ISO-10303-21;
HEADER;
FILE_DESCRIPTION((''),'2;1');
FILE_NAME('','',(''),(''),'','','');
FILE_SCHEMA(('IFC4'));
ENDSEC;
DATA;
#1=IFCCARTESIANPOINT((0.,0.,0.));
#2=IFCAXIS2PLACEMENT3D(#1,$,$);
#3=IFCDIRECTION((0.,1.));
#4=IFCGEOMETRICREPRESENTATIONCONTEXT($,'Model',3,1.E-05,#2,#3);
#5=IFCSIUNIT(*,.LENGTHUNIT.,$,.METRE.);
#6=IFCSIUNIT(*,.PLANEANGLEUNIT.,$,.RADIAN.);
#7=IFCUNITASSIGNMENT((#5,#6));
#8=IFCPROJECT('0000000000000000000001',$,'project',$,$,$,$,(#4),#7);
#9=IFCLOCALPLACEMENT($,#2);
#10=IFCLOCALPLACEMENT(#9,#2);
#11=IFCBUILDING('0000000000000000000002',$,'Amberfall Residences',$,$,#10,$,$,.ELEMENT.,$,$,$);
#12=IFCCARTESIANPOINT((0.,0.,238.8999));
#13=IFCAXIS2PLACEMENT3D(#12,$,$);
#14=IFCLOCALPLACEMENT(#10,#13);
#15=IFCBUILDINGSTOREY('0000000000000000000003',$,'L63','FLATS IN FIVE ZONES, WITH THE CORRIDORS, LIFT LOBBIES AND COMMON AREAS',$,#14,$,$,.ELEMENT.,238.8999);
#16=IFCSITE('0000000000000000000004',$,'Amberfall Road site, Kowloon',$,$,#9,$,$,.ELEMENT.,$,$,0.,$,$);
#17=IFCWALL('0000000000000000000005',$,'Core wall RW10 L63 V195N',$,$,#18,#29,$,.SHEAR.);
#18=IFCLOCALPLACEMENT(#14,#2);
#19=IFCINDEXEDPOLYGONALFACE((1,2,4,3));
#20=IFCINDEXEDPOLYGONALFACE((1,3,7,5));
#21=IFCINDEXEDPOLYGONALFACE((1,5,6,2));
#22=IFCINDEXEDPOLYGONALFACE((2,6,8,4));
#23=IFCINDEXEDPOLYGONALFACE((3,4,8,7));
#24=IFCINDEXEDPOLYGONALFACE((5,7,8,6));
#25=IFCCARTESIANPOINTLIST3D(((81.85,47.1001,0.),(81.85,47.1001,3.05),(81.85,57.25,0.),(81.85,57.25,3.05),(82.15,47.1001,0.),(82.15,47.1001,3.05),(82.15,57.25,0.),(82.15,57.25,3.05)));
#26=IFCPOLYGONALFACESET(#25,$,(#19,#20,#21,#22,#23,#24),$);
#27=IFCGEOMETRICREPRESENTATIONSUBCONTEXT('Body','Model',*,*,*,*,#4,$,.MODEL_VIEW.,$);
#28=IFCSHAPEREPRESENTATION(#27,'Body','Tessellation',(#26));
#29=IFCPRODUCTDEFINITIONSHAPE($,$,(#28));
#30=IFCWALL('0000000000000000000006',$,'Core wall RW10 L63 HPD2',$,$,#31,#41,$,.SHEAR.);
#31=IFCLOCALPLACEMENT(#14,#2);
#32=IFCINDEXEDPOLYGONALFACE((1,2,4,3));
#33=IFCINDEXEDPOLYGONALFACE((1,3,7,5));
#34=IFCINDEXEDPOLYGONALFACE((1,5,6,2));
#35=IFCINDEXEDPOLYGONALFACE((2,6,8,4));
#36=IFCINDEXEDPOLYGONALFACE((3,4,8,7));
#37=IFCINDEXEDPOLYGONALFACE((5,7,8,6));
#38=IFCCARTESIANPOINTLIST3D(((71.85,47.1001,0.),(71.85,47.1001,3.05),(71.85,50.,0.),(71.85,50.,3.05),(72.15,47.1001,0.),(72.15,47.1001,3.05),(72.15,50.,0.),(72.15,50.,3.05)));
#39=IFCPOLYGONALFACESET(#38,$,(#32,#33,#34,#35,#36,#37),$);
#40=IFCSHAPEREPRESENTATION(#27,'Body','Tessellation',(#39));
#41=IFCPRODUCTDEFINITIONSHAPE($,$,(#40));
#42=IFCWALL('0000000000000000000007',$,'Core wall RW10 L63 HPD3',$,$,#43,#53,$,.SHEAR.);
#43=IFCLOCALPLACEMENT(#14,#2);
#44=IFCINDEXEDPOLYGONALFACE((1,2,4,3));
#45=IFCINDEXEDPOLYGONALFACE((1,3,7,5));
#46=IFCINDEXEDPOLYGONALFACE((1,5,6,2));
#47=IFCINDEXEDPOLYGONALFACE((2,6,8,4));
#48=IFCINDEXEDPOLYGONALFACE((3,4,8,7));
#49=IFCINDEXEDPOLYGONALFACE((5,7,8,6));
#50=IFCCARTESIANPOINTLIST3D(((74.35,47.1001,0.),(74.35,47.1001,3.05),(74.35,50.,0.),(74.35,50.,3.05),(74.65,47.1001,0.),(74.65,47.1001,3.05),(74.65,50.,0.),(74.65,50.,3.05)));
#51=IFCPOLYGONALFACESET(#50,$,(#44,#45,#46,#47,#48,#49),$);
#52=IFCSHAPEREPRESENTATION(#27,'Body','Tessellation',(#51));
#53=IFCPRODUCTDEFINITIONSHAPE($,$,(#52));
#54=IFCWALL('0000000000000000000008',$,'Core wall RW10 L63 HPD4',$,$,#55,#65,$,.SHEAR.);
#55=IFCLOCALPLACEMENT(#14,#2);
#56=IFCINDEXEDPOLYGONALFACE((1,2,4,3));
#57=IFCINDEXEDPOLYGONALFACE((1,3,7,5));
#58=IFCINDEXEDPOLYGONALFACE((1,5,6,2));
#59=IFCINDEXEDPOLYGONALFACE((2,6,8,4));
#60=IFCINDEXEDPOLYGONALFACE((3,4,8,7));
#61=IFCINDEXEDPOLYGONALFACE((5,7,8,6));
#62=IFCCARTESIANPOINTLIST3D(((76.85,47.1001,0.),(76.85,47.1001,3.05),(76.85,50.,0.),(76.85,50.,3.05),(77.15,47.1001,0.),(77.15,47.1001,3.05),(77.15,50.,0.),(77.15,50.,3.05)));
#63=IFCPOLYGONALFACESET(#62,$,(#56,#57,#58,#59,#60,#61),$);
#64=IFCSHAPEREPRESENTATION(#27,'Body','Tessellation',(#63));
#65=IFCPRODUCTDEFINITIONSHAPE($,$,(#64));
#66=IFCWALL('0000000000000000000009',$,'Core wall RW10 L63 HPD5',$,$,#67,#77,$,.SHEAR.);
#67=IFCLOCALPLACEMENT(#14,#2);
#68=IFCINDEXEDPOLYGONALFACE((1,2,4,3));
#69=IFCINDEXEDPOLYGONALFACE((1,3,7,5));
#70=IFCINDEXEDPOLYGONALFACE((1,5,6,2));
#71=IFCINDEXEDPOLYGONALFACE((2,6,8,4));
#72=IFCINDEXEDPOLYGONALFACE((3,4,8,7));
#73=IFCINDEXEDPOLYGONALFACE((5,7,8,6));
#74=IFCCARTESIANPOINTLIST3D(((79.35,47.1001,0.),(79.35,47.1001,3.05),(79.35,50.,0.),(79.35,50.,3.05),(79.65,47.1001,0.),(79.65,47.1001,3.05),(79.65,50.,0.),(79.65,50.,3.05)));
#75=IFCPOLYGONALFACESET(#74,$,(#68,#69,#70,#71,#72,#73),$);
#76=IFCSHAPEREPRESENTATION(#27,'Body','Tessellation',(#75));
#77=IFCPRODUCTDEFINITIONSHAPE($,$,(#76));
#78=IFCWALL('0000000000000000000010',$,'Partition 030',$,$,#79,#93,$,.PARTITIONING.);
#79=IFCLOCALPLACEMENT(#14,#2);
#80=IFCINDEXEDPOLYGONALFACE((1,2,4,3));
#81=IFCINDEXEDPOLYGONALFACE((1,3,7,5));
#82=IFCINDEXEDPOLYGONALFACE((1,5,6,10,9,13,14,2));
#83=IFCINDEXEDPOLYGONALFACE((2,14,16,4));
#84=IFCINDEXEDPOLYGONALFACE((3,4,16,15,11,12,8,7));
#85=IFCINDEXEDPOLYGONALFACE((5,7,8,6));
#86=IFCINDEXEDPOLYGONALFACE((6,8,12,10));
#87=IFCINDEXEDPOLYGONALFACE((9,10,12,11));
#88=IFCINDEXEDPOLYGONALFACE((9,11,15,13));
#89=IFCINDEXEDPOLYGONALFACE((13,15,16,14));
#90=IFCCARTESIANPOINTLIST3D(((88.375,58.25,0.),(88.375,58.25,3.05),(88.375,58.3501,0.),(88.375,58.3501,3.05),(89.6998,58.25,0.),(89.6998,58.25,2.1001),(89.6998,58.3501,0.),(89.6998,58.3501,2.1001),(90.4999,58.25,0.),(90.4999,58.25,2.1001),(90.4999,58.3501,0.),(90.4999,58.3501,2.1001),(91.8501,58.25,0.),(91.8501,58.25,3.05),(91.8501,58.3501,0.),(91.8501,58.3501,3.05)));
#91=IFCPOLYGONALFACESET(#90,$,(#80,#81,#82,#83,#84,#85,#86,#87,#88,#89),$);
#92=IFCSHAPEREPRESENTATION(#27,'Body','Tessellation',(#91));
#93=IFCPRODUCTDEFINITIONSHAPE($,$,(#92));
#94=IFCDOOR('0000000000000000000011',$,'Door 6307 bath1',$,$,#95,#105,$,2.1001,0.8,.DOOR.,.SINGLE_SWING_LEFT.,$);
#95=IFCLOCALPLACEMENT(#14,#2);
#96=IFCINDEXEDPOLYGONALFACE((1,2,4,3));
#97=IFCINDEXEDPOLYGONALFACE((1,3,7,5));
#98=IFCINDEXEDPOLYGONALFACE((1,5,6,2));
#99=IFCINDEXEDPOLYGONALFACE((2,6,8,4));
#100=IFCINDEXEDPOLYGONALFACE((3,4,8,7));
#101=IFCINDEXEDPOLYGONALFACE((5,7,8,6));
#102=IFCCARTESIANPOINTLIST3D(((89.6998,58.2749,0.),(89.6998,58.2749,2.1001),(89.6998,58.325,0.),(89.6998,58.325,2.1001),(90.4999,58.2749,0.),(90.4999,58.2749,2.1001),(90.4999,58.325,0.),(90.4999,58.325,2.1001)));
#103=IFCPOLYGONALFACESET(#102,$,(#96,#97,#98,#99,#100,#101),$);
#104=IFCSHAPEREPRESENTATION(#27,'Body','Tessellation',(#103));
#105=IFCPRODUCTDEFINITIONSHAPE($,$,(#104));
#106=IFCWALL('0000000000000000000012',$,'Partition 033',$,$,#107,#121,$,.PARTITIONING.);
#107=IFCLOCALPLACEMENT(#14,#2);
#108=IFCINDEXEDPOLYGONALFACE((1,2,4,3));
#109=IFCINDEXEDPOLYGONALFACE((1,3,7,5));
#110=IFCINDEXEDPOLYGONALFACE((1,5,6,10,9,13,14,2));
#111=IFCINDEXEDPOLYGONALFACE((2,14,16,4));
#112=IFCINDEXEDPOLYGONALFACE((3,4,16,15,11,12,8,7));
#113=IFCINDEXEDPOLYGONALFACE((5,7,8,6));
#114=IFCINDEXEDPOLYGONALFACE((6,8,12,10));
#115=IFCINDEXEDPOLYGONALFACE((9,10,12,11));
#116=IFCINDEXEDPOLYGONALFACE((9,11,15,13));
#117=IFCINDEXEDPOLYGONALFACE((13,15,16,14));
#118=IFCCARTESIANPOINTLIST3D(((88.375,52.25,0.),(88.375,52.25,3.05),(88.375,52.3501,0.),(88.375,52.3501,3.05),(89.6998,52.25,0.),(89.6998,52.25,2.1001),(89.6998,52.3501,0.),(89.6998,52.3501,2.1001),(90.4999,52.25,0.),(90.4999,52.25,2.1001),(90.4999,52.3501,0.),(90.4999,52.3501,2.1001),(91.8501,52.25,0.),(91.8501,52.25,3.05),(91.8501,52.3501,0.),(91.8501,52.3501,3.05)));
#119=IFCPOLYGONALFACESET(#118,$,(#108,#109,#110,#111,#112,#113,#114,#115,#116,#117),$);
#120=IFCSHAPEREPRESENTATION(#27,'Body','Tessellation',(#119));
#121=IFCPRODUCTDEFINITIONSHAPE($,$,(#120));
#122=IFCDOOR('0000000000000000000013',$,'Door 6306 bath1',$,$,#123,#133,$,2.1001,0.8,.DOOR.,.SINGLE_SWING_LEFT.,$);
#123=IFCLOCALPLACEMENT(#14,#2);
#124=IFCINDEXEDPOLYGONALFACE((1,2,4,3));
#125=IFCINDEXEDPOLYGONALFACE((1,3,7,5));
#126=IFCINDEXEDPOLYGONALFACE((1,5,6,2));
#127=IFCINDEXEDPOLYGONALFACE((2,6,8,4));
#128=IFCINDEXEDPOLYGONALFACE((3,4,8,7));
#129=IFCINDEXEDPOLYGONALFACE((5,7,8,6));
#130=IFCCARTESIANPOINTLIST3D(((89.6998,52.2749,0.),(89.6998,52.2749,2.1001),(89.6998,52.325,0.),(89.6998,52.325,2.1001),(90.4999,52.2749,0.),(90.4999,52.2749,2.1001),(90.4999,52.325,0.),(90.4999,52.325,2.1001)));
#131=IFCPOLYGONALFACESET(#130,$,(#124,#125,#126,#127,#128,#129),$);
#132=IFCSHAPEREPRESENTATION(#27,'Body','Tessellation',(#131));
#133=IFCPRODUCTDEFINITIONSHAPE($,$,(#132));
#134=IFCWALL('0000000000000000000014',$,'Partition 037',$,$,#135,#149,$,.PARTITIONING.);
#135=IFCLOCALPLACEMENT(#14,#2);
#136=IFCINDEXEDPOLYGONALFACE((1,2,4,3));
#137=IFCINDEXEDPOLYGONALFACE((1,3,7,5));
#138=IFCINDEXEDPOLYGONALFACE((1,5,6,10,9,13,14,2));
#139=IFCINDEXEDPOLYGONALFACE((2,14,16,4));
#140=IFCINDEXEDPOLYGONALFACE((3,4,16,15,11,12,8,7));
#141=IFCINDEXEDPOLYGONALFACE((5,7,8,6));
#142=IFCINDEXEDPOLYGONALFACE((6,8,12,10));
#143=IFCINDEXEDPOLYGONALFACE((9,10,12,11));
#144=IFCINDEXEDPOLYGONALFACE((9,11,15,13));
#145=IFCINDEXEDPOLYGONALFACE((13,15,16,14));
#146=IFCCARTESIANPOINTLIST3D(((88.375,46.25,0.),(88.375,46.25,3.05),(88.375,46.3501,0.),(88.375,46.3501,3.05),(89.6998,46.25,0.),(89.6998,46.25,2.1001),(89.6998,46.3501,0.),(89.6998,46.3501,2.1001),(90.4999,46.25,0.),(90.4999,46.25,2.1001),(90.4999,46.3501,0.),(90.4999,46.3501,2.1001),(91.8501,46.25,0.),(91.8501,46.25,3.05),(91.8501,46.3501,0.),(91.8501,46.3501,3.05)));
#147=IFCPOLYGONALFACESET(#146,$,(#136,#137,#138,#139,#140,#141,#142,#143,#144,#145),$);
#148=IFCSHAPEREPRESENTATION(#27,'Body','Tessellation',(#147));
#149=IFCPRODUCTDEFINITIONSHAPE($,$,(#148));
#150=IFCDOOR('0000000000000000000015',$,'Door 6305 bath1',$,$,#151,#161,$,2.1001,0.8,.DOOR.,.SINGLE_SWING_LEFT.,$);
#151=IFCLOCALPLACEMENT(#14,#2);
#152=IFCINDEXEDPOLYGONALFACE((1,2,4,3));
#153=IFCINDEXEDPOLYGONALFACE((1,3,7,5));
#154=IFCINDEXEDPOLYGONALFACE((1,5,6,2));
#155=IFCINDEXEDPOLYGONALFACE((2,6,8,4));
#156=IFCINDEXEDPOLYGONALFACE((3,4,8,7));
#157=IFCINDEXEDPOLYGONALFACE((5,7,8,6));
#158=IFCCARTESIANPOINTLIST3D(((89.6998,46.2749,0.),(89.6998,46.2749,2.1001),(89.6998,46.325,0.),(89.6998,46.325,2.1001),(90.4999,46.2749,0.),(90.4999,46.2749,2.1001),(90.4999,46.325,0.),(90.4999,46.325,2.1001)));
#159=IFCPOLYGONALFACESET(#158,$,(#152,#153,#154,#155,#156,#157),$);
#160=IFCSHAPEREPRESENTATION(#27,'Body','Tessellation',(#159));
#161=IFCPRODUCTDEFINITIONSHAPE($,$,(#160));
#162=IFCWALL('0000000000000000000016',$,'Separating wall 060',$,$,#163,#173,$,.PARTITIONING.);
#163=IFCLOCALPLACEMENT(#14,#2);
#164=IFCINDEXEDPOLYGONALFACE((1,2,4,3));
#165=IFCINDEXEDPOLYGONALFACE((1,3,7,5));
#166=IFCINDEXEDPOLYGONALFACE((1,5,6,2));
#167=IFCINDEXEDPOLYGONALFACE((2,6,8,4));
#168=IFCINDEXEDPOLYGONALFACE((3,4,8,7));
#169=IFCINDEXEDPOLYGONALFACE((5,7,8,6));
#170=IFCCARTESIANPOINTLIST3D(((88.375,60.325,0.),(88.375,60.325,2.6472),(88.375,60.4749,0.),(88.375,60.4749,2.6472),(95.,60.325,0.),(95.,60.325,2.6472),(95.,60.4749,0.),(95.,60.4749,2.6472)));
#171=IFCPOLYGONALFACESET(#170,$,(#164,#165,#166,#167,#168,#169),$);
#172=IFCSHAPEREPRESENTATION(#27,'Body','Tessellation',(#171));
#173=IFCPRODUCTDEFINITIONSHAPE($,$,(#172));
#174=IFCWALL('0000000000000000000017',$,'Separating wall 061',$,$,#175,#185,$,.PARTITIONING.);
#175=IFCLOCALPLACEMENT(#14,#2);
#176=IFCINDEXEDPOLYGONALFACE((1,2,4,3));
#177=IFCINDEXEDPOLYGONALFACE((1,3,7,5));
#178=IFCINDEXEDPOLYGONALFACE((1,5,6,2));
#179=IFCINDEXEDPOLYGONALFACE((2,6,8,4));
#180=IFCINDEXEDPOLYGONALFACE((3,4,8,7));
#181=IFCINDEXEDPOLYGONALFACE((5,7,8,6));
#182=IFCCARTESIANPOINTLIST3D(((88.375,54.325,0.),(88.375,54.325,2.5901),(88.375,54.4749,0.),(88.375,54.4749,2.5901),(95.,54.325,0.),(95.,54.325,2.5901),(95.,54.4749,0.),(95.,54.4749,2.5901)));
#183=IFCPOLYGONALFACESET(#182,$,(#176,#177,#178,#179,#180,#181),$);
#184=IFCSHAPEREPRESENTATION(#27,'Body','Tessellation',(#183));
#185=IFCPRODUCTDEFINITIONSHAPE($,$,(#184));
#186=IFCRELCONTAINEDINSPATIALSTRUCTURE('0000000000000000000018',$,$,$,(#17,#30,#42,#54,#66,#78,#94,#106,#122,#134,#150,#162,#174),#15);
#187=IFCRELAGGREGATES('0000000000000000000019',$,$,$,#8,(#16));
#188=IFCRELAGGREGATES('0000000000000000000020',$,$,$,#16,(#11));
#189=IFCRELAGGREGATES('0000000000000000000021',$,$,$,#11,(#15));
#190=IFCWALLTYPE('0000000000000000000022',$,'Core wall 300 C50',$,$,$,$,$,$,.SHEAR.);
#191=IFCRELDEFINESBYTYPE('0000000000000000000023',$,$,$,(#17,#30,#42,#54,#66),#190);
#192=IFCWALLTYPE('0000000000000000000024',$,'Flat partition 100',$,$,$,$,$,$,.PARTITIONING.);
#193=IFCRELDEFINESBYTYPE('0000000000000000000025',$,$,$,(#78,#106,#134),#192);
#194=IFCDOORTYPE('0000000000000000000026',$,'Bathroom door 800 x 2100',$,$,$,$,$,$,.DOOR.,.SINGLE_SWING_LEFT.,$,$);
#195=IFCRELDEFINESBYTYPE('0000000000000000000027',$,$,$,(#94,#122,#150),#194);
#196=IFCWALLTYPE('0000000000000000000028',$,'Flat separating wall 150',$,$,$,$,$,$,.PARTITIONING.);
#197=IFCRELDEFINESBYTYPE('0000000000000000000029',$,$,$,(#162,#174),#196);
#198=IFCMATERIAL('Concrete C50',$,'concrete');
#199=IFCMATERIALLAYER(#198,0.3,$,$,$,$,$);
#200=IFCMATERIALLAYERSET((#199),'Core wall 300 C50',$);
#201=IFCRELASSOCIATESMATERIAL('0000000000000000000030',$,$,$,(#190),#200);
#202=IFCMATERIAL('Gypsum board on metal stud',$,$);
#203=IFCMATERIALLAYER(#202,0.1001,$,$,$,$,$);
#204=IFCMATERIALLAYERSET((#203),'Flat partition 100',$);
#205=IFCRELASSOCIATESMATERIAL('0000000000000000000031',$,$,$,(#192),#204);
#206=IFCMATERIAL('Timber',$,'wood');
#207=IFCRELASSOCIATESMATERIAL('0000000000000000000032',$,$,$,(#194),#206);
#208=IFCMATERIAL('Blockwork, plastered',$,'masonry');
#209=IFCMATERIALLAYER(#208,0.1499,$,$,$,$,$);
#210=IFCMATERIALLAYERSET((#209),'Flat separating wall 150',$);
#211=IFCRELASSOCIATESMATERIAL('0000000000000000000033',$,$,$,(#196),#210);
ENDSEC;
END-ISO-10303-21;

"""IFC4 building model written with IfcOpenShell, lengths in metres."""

from ifc_helpers import new_model, si_unit, direction, frame, frame_2d, origin, place, context, subcontext, project, spatial, rectangle, extrude, material, layer, layer_set, type_object, element, fill, save


model = new_model("IFC4")

# Units and contexts
model_context = context("Model", 3, precision=1e-05, world=origin(), true_north=direction((0.0, 1.0)))
body_context = subcontext(model_context, "Body", "Model", "MODEL_VIEW")
ifc_project = project(units=[si_unit("LENGTHUNIT", "METRE"), si_unit("PLANEANGLEUNIT", "RADIAN")], contexts=[model_context])

# Site, building, storey
site_placement = place(None, origin())
site = spatial("IfcSite", under=ifc_project, at=site_placement, Name="Amberfall Road site, Kowloon", CompositionType="ELEMENT", RefElevation=0.0)
building_placement = place(site_placement, origin())
building = spatial("IfcBuilding", under=site, at=building_placement, Name="Amberfall Residences", CompositionType="ELEMENT")
storey_placement = place(building_placement, frame((0.0, 0.0, 238.8999)))
storey = spatial("IfcBuildingStorey", under=building, at=storey_placement, Name="L63", Description="FLATS IN FIVE ZONES, WITH THE CORRIDORS, LIFT LOBBIES AND COMMON AREAS", CompositionType="ELEMENT", Elevation=238.8999)

# Walls
ifc_material_1 = material(Name="Concrete C50", Category="concrete")
ifc_layer_1 = layer(ifc_material_1, 0.3)
ifc_layer_set_1 = layer_set([ifc_layer_1], Name="Core wall 300 C50")
wall_type_1 = type_object("IfcWallType", Name="Core wall 300 C50", PredefinedType="SHEAR", material=ifc_layer_set_1)
wall_1_placement = place(storey_placement, frame((82.0, 47.1001, 0.0), z_axis=(0.0, 0.0, 1.0), x_axis=(0.0, 1.0, 0.0)))
element("IfcWall", 1, at=wall_1_placement, inside=storey, type_object=wall_type_1, Name="Core wall RW10 L63 V195N", PredefinedType="SHEAR", context=body_context, shape_type="SweptSolid", body=[
    extrude(rectangle(XDim=10.1499, YDim=0.3, at=frame_2d((5.075, 0.0))), origin(), (0.0, 0.0, 1.0), 3.05),
])
for number, where, z_axis, x_axis, name in (
    (2, (72.0, 47.1001, 0.0), (0.0, 0.0, 1.0), (0.0, 1.0, 0.0), "Core wall RW10 L63 HPD2"),
    (3, (74.5, 47.1001, 0.0), (0.0, 0.0, 1.0), (0.0, 1.0, 0.0), "Core wall RW10 L63 HPD3"),
    (4, (77.0, 47.1001, 0.0), (0.0, 0.0, 1.0), (0.0, 1.0, 0.0), "Core wall RW10 L63 HPD4"),
    (5, (79.5, 47.1001, 0.0), (0.0, 0.0, 1.0), (0.0, 1.0, 0.0), "Core wall RW10 L63 HPD5"),
):
    element("IfcWall", number, at=place(storey_placement, frame(where, z_axis=z_axis, x_axis=x_axis)), inside=storey, type_object=wall_type_1, Name=name, PredefinedType="SHEAR", context=body_context, shape_type="SweptSolid", body=[
        extrude(rectangle(XDim=2.8999, YDim=0.3, at=frame_2d((1.45, 0.0))), origin(), (0.0, 0.0, 1.0), 3.05),
    ])

# Walls, openings, doors
ifc_material_2 = material(Name="Gypsum board on metal stud")
ifc_layer_2 = layer(ifc_material_2, 0.1001)
ifc_layer_set_2 = layer_set([ifc_layer_2], Name="Flat partition 100")
wall_type_2 = type_object("IfcWallType", Name="Flat partition 100", PredefinedType="PARTITIONING", material=ifc_layer_set_2)
wall_2_placement = place(storey_placement, frame((88.375, 58.3, 0.0), z_axis=(0.0, 0.0, 1.0), x_axis=(1.0, 0.0, 0.0)))
wall_2 = element("IfcWall", 6, at=wall_2_placement, inside=storey, type_object=wall_type_2, Name="Partition 030", PredefinedType="PARTITIONING", context=body_context, shape_type="SweptSolid", body=[
    extrude(rectangle(XDim=3.4751, YDim=0.1001, at=frame_2d((1.7375, 0.0))), origin(), (0.0, 0.0, 1.0), 3.05),
])
opening_1_placement = place(wall_2_placement, frame((1.325, 0.0, 0.0)))
opening_1 = element("IfcOpeningElement", 7, at=opening_1_placement, cuts=wall_2, PredefinedType="OPENING", context=body_context, shape_type="SweptSolid", body=[
    extrude(rectangle(XDim=0.8, YDim=2.1001, at=frame_2d((0.3999, 1.05))), frame((0.0, 0.0601, 0.0), z_axis=(0.0, -1.0, 0.0), x_axis=(1.0, 0.0, 0.0)), (0.0, 0.0, 1.0), 0.1201),
])
ifc_material_3 = material(Name="Timber", Category="wood")
door_type = type_object("IfcDoorType", Name="Bathroom door 800 x 2100", OperationType="SINGLE_SWING_LEFT", PredefinedType="DOOR", material=ifc_material_3)
door_1_placement = place(opening_1_placement, origin())
door_1 = element("IfcDoor", 8, at=door_1_placement, inside=storey, type_object=door_type, Name="Door 6307 bath1", OperationType="SINGLE_SWING_LEFT", OverallHeight=2.1001, OverallWidth=0.8, PredefinedType="DOOR", context=body_context, shape_type="SweptSolid", body=[
    extrude(rectangle(XDim=0.8, YDim=2.1001, at=frame_2d((0.3999, 1.05))), frame((0.0, 0.0249, 0.0), z_axis=(0.0, -1.0, 0.0), x_axis=(1.0, 0.0, 0.0)), (0.0, 0.0, 1.0), 0.05),
])
fill(opening_1, door_1)
wall_3_placement = place(storey_placement, frame((88.375, 52.3, 0.0), z_axis=(0.0, 0.0, 1.0), x_axis=(1.0, 0.0, 0.0)))
wall_3 = element("IfcWall", 9, at=wall_3_placement, inside=storey, type_object=wall_type_2, Name="Partition 033", PredefinedType="PARTITIONING", context=body_context, shape_type="SweptSolid", body=[
    extrude(rectangle(XDim=3.4751, YDim=0.1001, at=frame_2d((1.7375, 0.0))), origin(), (0.0, 0.0, 1.0), 3.05),
])
opening_2_placement = place(wall_3_placement, frame((1.325, 0.0, 0.0)))
opening_2 = element("IfcOpeningElement", 10, at=opening_2_placement, cuts=wall_3, PredefinedType="OPENING", context=body_context, shape_type="SweptSolid", body=[
    extrude(rectangle(XDim=0.8, YDim=2.1001, at=frame_2d((0.3999, 1.05))), frame((0.0, 0.0601, 0.0), z_axis=(0.0, -1.0, 0.0), x_axis=(1.0, 0.0, 0.0)), (0.0, 0.0, 1.0), 0.1201),
])
door_2_placement = place(opening_2_placement, origin())
door_2 = element("IfcDoor", 11, at=door_2_placement, inside=storey, type_object=door_type, Name="Door 6306 bath1", OperationType="SINGLE_SWING_LEFT", OverallHeight=2.1001, OverallWidth=0.8, PredefinedType="DOOR", context=body_context, shape_type="SweptSolid", body=[
    extrude(rectangle(XDim=0.8, YDim=2.1001, at=frame_2d((0.3999, 1.05))), frame((0.0, 0.0249, 0.0), z_axis=(0.0, -1.0, 0.0), x_axis=(1.0, 0.0, 0.0)), (0.0, 0.0, 1.0), 0.05),
])
fill(opening_2, door_2)
wall_4_placement = place(storey_placement, frame((88.375, 46.3, 0.0), z_axis=(0.0, 0.0, 1.0), x_axis=(1.0, 0.0, 0.0)))
wall_4 = element("IfcWall", 12, at=wall_4_placement, inside=storey, type_object=wall_type_2, Name="Partition 037", PredefinedType="PARTITIONING", context=body_context, shape_type="SweptSolid", body=[
    extrude(rectangle(XDim=3.4751, YDim=0.1001, at=frame_2d((1.7375, 0.0))), origin(), (0.0, 0.0, 1.0), 3.05),
])
opening_3_placement = place(wall_4_placement, frame((1.325, 0.0, 0.0)))
opening_3 = element("IfcOpeningElement", 13, at=opening_3_placement, cuts=wall_4, PredefinedType="OPENING", context=body_context, shape_type="SweptSolid", body=[
    extrude(rectangle(XDim=0.8, YDim=2.1001, at=frame_2d((0.3999, 1.05))), frame((0.0, 0.0601, 0.0), z_axis=(0.0, -1.0, 0.0), x_axis=(1.0, 0.0, 0.0)), (0.0, 0.0, 1.0), 0.1201),
])
door_3_placement = place(opening_3_placement, origin())
door_3 = element("IfcDoor", 14, at=door_3_placement, inside=storey, type_object=door_type, Name="Door 6305 bath1", OperationType="SINGLE_SWING_LEFT", OverallHeight=2.1001, OverallWidth=0.8, PredefinedType="DOOR", context=body_context, shape_type="SweptSolid", body=[
    extrude(rectangle(XDim=0.8, YDim=2.1001, at=frame_2d((0.3999, 1.05))), frame((0.0, 0.0249, 0.0), z_axis=(0.0, -1.0, 0.0), x_axis=(1.0, 0.0, 0.0)), (0.0, 0.0, 1.0), 0.05),
])
fill(opening_3, door_3)

# Walls
ifc_material_4 = material(Name="Blockwork, plastered", Category="masonry")
ifc_layer_3 = layer(ifc_material_4, 0.1499)
ifc_layer_set_3 = layer_set([ifc_layer_3], Name="Flat separating wall 150")
wall_type_3 = type_object("IfcWallType", Name="Flat separating wall 150", PredefinedType="PARTITIONING", material=ifc_layer_set_3)
wall_5_placement = place(storey_placement, frame((88.375, 60.3999, 0.0), z_axis=(0.0, 0.0, 1.0), x_axis=(1.0, 0.0, 0.0)))
element("IfcWall", 15, at=wall_5_placement, inside=storey, type_object=wall_type_3, Name="Separating wall 060", PredefinedType="PARTITIONING", context=body_context, shape_type="SweptSolid", body=[
    extrude(rectangle(XDim=6.625, YDim=0.1499, at=frame_2d((3.3125, 0.0))), origin(), (0.0, 0.0, 1.0), 2.6472),
])
for number, where, z_axis, x_axis, name in (
    (16, (88.375, 54.3999, 0.0), (0.0, 0.0, 1.0), (1.0, 0.0, 0.0), "Separating wall 061"),
):
    element("IfcWall", number, at=place(storey_placement, frame(where, z_axis=z_axis, x_axis=x_axis)), inside=storey, type_object=wall_type_3, Name=name, PredefinedType="PARTITIONING", context=body_context, shape_type="SweptSolid", body=[
        extrude(rectangle(XDim=6.625, YDim=0.1499, at=frame_2d((3.3125, 0.0))), origin(), (0.0, 0.0, 1.0), 2.5901),
    ])

save(model, "model.ifc")
